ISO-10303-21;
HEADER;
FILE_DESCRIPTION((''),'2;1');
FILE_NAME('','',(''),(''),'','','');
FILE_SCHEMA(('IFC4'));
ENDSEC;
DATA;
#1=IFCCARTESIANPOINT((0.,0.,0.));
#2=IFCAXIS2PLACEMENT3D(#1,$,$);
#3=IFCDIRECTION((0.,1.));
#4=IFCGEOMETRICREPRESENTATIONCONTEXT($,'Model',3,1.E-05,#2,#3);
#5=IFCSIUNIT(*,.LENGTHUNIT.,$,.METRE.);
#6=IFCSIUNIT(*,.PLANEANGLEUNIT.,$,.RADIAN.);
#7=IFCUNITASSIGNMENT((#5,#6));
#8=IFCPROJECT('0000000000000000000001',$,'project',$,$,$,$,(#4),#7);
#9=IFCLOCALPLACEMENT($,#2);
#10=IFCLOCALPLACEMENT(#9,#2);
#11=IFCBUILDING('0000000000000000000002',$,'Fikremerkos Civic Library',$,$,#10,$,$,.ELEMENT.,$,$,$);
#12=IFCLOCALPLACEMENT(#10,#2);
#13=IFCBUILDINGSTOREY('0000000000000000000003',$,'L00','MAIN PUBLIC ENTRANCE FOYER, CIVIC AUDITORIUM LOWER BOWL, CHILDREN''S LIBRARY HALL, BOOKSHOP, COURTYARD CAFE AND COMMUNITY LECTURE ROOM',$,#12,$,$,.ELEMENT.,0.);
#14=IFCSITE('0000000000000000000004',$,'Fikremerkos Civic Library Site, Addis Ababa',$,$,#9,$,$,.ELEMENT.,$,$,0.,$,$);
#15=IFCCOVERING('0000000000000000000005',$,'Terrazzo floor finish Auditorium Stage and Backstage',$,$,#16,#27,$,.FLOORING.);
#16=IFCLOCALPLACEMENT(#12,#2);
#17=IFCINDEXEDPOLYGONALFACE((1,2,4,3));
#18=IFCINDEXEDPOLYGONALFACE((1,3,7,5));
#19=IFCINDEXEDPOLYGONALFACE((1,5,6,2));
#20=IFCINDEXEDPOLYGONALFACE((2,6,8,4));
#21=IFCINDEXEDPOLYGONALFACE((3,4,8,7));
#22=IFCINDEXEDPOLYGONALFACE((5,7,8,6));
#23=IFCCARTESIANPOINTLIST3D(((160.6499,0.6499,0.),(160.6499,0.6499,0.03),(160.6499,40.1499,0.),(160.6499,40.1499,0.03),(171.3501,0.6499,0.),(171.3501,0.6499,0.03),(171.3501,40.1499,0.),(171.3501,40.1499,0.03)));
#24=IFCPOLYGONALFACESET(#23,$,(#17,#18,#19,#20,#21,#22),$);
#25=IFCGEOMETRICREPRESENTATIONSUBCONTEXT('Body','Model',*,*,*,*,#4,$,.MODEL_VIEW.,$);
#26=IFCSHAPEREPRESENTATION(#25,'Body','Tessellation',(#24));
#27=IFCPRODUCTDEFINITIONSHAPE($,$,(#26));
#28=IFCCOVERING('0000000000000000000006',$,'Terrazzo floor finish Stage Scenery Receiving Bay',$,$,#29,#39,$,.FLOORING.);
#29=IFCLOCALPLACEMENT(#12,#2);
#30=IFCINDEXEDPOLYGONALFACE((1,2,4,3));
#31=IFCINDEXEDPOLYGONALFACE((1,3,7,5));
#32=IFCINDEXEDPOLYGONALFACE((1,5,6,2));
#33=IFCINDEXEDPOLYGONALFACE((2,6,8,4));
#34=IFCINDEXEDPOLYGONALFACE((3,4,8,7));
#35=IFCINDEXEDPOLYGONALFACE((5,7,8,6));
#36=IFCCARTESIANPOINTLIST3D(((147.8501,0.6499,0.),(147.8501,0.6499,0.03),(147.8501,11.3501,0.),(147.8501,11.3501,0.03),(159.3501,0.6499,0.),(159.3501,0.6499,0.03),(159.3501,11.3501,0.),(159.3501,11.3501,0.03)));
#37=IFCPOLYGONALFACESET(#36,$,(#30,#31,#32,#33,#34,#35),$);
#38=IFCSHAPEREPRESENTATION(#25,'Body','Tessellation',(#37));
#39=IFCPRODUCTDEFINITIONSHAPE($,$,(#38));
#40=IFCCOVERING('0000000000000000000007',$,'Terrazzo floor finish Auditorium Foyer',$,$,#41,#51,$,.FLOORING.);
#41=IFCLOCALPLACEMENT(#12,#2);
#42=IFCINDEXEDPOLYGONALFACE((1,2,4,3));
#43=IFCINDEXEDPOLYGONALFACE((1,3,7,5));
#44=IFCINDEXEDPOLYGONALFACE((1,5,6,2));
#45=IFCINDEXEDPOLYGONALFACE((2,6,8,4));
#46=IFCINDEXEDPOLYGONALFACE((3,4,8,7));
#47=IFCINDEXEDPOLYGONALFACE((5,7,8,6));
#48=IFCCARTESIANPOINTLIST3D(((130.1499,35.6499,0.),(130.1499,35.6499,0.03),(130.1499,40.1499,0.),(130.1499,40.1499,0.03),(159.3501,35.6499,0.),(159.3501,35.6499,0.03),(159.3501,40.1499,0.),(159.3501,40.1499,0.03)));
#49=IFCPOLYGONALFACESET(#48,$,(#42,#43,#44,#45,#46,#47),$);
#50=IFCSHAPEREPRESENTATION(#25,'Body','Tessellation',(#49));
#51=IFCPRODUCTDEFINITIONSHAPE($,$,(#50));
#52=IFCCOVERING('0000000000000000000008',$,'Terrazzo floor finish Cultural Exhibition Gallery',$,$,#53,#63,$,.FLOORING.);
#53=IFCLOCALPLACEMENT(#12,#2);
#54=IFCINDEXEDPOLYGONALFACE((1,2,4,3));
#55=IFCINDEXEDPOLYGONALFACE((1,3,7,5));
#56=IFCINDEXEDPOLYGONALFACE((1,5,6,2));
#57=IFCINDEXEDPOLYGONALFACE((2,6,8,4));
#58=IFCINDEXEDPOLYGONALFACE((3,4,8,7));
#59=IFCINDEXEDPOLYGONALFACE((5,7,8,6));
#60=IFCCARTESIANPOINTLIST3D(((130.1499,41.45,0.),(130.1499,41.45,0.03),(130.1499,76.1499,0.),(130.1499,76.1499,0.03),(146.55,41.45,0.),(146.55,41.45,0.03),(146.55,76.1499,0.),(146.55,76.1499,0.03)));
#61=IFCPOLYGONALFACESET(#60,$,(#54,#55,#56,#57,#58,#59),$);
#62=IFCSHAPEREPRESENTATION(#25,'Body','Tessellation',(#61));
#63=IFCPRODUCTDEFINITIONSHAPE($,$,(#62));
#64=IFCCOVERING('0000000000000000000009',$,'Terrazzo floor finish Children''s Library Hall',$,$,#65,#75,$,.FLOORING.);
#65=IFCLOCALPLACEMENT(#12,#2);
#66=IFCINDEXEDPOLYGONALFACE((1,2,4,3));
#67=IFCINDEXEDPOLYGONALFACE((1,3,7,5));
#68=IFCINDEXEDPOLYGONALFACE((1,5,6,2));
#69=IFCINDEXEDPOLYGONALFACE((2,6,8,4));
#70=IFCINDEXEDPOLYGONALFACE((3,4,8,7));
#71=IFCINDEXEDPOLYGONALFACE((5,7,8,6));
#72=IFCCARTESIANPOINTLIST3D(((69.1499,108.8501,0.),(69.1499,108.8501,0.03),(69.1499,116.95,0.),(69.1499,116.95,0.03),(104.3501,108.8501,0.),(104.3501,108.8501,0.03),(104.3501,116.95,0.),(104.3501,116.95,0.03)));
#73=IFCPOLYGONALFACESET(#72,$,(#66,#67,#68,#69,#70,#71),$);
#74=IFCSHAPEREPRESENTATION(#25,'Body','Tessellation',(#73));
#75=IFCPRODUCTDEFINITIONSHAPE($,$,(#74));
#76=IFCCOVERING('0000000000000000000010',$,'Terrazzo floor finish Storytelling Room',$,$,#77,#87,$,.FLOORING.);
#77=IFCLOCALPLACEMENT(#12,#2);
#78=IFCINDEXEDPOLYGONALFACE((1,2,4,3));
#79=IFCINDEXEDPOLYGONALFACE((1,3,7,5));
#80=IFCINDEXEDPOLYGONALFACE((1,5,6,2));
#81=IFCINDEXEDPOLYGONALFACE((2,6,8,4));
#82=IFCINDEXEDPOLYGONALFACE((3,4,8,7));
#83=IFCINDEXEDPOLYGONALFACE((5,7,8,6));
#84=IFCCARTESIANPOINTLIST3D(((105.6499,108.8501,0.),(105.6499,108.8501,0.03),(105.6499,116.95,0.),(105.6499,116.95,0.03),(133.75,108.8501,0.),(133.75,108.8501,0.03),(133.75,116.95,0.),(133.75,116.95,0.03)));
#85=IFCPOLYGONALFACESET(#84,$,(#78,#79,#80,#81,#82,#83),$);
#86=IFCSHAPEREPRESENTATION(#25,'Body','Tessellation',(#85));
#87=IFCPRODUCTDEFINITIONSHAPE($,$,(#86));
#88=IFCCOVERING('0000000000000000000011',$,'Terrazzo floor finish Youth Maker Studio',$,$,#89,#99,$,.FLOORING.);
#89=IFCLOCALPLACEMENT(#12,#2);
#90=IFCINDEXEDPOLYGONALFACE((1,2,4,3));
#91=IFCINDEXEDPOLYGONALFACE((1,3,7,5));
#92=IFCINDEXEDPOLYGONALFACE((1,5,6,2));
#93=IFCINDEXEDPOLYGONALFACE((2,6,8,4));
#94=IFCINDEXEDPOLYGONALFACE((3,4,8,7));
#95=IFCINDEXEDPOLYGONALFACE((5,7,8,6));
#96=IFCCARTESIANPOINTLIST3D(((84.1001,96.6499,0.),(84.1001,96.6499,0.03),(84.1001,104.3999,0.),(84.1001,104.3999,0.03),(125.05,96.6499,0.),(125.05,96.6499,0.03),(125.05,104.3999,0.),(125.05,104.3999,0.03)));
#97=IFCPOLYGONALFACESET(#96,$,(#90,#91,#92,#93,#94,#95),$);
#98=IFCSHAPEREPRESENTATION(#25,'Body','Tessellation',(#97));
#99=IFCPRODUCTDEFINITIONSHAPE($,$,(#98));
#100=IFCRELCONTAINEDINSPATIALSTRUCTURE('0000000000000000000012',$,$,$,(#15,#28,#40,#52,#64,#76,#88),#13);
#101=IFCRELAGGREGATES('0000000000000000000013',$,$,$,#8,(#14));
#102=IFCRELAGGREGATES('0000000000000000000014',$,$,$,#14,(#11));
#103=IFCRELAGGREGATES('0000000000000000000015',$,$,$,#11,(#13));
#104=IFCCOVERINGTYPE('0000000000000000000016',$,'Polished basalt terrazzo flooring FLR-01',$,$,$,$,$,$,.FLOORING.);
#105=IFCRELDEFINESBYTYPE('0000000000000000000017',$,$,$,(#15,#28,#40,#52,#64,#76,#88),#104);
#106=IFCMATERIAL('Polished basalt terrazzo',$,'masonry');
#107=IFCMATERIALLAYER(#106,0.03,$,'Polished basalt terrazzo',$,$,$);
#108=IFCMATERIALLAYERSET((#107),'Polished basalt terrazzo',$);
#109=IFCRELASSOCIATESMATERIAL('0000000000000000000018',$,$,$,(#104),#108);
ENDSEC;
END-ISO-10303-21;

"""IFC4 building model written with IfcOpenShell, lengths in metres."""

from ifc_helpers import new_model, si_unit, direction, origin, place, context, subcontext, project, spatial, polyline, outline, extrude, material, layer, layer_set, type_object, element, save


model = new_model("IFC4")

# Units and contexts
model_context = context("Model", 3, precision=1e-05, world=origin(), true_north=direction((0.0, 1.0)))
body_context = subcontext(model_context, "Body", "Model", "MODEL_VIEW")
ifc_project = project(units=[si_unit("LENGTHUNIT", "METRE"), si_unit("PLANEANGLEUNIT", "RADIAN")], contexts=[model_context])

# Site, building, storey
site_placement = place(None, origin())
site = spatial("IfcSite", under=ifc_project, at=site_placement, Name="Fikremerkos Civic Library Site, Addis Ababa", CompositionType="ELEMENT", RefElevation=0.0)
building_placement = place(site_placement, origin())
building = spatial("IfcBuilding", under=site, at=building_placement, Name="Fikremerkos Civic Library", CompositionType="ELEMENT")
storey_placement = place(building_placement, origin())
storey = spatial("IfcBuildingStorey", under=building, at=storey_placement, Name="L00", Description="MAIN PUBLIC ENTRANCE FOYER, CIVIC AUDITORIUM LOWER BOWL, CHILDREN'S LIBRARY HALL, BOOKSHOP, COURTYARD CAFE AND COMMUNITY LECTURE ROOM", CompositionType="ELEMENT", Elevation=0.0)

# Coverings
ifc_material_1 = material(Name="Polished basalt terrazzo", Category="masonry")
ifc_layer_1 = layer(ifc_material_1, 0.03, Name="Polished basalt terrazzo")
ifc_layer_set_1 = layer_set([ifc_layer_1], Name="Polished basalt terrazzo")
covering_type_1 = type_object("IfcCoveringType", Name="Polished basalt terrazzo flooring FLR-01", PredefinedType="FLOORING", material=ifc_layer_set_1)
covering_1_placement = place(storey_placement, origin())
element("IfcCovering", 1, at=covering_1_placement, inside=storey, type_object=covering_type_1, Name="Terrazzo floor finish Auditorium Stage and Backstage", PredefinedType="FLOORING", context=body_context, shape_type="SweptSolid", body=[
    extrude(outline(polyline([(160.6499, 40.1499), (171.3501, 40.1499), (171.3501, 0.6499), (160.6499, 0.6499), (160.6499, 40.1499)])), origin(), (0.0, 0.0, 1.0), 0.03),
])
covering_2_placement = place(storey_placement, origin())
element("IfcCovering", 2, at=covering_2_placement, inside=storey, type_object=covering_type_1, Name="Terrazzo floor finish Stage Scenery Receiving Bay", PredefinedType="FLOORING", context=body_context, shape_type="SweptSolid", body=[
    extrude(outline(polyline([(147.8501, 11.3501), (159.3501, 11.3501), (159.3501, 0.6499), (147.8501, 0.6499), (147.8501, 11.3501)])), origin(), (0.0, 0.0, 1.0), 0.03),
])
covering_3_placement = place(storey_placement, origin())
element("IfcCovering", 3, at=covering_3_placement, inside=storey, type_object=covering_type_1, Name="Terrazzo floor finish Auditorium Foyer", PredefinedType="FLOORING", context=body_context, shape_type="SweptSolid", body=[
    extrude(outline(polyline([(130.1499, 40.1499), (159.3501, 40.1499), (159.3501, 35.6499), (130.1499, 35.6499), (130.1499, 40.1499)])), origin(), (0.0, 0.0, 1.0), 0.03),
])
covering_4_placement = place(storey_placement, origin())
element("IfcCovering", 4, at=covering_4_placement, inside=storey, type_object=covering_type_1, Name="Terrazzo floor finish Cultural Exhibition Gallery", PredefinedType="FLOORING", context=body_context, shape_type="SweptSolid", body=[
    extrude(outline(polyline([(130.1499, 76.1499), (146.55, 76.1499), (146.55, 41.45), (130.1499, 41.45), (130.1499, 76.1499)])), origin(), (0.0, 0.0, 1.0), 0.03),
])
covering_5_placement = place(storey_placement, origin())
element("IfcCovering", 5, at=covering_5_placement, inside=storey, type_object=covering_type_1, Name="Terrazzo floor finish Children's Library Hall", PredefinedType="FLOORING", context=body_context, shape_type="SweptSolid", body=[
    extrude(outline(polyline([(69.1499, 116.95), (104.3501, 116.95), (104.3501, 108.8501), (69.1499, 108.8501), (69.1499, 116.95)])), origin(), (0.0, 0.0, 1.0), 0.03),
])
covering_6_placement = place(storey_placement, origin())
element("IfcCovering", 6, at=covering_6_placement, inside=storey, type_object=covering_type_1, Name="Terrazzo floor finish Storytelling Room", PredefinedType="FLOORING", context=body_context, shape_type="SweptSolid", body=[
    extrude(outline(polyline([(105.6499, 116.95), (133.75, 116.95), (133.75, 108.8501), (105.6499, 108.8501), (105.6499, 116.95)])), origin(), (0.0, 0.0, 1.0), 0.03),
])
covering_7_placement = place(storey_placement, origin())
element("IfcCovering", 7, at=covering_7_placement, inside=storey, type_object=covering_type_1, Name="Terrazzo floor finish Youth Maker Studio", PredefinedType="FLOORING", context=body_context, shape_type="SweptSolid", body=[
    extrude(outline(polyline([(84.1001, 104.3999), (125.05, 104.3999), (125.05, 96.6499), (84.1001, 96.6499), (84.1001, 104.3999)])), origin(), (0.0, 0.0, 1.0), 0.03),
])

save(model, "model.ifc")
